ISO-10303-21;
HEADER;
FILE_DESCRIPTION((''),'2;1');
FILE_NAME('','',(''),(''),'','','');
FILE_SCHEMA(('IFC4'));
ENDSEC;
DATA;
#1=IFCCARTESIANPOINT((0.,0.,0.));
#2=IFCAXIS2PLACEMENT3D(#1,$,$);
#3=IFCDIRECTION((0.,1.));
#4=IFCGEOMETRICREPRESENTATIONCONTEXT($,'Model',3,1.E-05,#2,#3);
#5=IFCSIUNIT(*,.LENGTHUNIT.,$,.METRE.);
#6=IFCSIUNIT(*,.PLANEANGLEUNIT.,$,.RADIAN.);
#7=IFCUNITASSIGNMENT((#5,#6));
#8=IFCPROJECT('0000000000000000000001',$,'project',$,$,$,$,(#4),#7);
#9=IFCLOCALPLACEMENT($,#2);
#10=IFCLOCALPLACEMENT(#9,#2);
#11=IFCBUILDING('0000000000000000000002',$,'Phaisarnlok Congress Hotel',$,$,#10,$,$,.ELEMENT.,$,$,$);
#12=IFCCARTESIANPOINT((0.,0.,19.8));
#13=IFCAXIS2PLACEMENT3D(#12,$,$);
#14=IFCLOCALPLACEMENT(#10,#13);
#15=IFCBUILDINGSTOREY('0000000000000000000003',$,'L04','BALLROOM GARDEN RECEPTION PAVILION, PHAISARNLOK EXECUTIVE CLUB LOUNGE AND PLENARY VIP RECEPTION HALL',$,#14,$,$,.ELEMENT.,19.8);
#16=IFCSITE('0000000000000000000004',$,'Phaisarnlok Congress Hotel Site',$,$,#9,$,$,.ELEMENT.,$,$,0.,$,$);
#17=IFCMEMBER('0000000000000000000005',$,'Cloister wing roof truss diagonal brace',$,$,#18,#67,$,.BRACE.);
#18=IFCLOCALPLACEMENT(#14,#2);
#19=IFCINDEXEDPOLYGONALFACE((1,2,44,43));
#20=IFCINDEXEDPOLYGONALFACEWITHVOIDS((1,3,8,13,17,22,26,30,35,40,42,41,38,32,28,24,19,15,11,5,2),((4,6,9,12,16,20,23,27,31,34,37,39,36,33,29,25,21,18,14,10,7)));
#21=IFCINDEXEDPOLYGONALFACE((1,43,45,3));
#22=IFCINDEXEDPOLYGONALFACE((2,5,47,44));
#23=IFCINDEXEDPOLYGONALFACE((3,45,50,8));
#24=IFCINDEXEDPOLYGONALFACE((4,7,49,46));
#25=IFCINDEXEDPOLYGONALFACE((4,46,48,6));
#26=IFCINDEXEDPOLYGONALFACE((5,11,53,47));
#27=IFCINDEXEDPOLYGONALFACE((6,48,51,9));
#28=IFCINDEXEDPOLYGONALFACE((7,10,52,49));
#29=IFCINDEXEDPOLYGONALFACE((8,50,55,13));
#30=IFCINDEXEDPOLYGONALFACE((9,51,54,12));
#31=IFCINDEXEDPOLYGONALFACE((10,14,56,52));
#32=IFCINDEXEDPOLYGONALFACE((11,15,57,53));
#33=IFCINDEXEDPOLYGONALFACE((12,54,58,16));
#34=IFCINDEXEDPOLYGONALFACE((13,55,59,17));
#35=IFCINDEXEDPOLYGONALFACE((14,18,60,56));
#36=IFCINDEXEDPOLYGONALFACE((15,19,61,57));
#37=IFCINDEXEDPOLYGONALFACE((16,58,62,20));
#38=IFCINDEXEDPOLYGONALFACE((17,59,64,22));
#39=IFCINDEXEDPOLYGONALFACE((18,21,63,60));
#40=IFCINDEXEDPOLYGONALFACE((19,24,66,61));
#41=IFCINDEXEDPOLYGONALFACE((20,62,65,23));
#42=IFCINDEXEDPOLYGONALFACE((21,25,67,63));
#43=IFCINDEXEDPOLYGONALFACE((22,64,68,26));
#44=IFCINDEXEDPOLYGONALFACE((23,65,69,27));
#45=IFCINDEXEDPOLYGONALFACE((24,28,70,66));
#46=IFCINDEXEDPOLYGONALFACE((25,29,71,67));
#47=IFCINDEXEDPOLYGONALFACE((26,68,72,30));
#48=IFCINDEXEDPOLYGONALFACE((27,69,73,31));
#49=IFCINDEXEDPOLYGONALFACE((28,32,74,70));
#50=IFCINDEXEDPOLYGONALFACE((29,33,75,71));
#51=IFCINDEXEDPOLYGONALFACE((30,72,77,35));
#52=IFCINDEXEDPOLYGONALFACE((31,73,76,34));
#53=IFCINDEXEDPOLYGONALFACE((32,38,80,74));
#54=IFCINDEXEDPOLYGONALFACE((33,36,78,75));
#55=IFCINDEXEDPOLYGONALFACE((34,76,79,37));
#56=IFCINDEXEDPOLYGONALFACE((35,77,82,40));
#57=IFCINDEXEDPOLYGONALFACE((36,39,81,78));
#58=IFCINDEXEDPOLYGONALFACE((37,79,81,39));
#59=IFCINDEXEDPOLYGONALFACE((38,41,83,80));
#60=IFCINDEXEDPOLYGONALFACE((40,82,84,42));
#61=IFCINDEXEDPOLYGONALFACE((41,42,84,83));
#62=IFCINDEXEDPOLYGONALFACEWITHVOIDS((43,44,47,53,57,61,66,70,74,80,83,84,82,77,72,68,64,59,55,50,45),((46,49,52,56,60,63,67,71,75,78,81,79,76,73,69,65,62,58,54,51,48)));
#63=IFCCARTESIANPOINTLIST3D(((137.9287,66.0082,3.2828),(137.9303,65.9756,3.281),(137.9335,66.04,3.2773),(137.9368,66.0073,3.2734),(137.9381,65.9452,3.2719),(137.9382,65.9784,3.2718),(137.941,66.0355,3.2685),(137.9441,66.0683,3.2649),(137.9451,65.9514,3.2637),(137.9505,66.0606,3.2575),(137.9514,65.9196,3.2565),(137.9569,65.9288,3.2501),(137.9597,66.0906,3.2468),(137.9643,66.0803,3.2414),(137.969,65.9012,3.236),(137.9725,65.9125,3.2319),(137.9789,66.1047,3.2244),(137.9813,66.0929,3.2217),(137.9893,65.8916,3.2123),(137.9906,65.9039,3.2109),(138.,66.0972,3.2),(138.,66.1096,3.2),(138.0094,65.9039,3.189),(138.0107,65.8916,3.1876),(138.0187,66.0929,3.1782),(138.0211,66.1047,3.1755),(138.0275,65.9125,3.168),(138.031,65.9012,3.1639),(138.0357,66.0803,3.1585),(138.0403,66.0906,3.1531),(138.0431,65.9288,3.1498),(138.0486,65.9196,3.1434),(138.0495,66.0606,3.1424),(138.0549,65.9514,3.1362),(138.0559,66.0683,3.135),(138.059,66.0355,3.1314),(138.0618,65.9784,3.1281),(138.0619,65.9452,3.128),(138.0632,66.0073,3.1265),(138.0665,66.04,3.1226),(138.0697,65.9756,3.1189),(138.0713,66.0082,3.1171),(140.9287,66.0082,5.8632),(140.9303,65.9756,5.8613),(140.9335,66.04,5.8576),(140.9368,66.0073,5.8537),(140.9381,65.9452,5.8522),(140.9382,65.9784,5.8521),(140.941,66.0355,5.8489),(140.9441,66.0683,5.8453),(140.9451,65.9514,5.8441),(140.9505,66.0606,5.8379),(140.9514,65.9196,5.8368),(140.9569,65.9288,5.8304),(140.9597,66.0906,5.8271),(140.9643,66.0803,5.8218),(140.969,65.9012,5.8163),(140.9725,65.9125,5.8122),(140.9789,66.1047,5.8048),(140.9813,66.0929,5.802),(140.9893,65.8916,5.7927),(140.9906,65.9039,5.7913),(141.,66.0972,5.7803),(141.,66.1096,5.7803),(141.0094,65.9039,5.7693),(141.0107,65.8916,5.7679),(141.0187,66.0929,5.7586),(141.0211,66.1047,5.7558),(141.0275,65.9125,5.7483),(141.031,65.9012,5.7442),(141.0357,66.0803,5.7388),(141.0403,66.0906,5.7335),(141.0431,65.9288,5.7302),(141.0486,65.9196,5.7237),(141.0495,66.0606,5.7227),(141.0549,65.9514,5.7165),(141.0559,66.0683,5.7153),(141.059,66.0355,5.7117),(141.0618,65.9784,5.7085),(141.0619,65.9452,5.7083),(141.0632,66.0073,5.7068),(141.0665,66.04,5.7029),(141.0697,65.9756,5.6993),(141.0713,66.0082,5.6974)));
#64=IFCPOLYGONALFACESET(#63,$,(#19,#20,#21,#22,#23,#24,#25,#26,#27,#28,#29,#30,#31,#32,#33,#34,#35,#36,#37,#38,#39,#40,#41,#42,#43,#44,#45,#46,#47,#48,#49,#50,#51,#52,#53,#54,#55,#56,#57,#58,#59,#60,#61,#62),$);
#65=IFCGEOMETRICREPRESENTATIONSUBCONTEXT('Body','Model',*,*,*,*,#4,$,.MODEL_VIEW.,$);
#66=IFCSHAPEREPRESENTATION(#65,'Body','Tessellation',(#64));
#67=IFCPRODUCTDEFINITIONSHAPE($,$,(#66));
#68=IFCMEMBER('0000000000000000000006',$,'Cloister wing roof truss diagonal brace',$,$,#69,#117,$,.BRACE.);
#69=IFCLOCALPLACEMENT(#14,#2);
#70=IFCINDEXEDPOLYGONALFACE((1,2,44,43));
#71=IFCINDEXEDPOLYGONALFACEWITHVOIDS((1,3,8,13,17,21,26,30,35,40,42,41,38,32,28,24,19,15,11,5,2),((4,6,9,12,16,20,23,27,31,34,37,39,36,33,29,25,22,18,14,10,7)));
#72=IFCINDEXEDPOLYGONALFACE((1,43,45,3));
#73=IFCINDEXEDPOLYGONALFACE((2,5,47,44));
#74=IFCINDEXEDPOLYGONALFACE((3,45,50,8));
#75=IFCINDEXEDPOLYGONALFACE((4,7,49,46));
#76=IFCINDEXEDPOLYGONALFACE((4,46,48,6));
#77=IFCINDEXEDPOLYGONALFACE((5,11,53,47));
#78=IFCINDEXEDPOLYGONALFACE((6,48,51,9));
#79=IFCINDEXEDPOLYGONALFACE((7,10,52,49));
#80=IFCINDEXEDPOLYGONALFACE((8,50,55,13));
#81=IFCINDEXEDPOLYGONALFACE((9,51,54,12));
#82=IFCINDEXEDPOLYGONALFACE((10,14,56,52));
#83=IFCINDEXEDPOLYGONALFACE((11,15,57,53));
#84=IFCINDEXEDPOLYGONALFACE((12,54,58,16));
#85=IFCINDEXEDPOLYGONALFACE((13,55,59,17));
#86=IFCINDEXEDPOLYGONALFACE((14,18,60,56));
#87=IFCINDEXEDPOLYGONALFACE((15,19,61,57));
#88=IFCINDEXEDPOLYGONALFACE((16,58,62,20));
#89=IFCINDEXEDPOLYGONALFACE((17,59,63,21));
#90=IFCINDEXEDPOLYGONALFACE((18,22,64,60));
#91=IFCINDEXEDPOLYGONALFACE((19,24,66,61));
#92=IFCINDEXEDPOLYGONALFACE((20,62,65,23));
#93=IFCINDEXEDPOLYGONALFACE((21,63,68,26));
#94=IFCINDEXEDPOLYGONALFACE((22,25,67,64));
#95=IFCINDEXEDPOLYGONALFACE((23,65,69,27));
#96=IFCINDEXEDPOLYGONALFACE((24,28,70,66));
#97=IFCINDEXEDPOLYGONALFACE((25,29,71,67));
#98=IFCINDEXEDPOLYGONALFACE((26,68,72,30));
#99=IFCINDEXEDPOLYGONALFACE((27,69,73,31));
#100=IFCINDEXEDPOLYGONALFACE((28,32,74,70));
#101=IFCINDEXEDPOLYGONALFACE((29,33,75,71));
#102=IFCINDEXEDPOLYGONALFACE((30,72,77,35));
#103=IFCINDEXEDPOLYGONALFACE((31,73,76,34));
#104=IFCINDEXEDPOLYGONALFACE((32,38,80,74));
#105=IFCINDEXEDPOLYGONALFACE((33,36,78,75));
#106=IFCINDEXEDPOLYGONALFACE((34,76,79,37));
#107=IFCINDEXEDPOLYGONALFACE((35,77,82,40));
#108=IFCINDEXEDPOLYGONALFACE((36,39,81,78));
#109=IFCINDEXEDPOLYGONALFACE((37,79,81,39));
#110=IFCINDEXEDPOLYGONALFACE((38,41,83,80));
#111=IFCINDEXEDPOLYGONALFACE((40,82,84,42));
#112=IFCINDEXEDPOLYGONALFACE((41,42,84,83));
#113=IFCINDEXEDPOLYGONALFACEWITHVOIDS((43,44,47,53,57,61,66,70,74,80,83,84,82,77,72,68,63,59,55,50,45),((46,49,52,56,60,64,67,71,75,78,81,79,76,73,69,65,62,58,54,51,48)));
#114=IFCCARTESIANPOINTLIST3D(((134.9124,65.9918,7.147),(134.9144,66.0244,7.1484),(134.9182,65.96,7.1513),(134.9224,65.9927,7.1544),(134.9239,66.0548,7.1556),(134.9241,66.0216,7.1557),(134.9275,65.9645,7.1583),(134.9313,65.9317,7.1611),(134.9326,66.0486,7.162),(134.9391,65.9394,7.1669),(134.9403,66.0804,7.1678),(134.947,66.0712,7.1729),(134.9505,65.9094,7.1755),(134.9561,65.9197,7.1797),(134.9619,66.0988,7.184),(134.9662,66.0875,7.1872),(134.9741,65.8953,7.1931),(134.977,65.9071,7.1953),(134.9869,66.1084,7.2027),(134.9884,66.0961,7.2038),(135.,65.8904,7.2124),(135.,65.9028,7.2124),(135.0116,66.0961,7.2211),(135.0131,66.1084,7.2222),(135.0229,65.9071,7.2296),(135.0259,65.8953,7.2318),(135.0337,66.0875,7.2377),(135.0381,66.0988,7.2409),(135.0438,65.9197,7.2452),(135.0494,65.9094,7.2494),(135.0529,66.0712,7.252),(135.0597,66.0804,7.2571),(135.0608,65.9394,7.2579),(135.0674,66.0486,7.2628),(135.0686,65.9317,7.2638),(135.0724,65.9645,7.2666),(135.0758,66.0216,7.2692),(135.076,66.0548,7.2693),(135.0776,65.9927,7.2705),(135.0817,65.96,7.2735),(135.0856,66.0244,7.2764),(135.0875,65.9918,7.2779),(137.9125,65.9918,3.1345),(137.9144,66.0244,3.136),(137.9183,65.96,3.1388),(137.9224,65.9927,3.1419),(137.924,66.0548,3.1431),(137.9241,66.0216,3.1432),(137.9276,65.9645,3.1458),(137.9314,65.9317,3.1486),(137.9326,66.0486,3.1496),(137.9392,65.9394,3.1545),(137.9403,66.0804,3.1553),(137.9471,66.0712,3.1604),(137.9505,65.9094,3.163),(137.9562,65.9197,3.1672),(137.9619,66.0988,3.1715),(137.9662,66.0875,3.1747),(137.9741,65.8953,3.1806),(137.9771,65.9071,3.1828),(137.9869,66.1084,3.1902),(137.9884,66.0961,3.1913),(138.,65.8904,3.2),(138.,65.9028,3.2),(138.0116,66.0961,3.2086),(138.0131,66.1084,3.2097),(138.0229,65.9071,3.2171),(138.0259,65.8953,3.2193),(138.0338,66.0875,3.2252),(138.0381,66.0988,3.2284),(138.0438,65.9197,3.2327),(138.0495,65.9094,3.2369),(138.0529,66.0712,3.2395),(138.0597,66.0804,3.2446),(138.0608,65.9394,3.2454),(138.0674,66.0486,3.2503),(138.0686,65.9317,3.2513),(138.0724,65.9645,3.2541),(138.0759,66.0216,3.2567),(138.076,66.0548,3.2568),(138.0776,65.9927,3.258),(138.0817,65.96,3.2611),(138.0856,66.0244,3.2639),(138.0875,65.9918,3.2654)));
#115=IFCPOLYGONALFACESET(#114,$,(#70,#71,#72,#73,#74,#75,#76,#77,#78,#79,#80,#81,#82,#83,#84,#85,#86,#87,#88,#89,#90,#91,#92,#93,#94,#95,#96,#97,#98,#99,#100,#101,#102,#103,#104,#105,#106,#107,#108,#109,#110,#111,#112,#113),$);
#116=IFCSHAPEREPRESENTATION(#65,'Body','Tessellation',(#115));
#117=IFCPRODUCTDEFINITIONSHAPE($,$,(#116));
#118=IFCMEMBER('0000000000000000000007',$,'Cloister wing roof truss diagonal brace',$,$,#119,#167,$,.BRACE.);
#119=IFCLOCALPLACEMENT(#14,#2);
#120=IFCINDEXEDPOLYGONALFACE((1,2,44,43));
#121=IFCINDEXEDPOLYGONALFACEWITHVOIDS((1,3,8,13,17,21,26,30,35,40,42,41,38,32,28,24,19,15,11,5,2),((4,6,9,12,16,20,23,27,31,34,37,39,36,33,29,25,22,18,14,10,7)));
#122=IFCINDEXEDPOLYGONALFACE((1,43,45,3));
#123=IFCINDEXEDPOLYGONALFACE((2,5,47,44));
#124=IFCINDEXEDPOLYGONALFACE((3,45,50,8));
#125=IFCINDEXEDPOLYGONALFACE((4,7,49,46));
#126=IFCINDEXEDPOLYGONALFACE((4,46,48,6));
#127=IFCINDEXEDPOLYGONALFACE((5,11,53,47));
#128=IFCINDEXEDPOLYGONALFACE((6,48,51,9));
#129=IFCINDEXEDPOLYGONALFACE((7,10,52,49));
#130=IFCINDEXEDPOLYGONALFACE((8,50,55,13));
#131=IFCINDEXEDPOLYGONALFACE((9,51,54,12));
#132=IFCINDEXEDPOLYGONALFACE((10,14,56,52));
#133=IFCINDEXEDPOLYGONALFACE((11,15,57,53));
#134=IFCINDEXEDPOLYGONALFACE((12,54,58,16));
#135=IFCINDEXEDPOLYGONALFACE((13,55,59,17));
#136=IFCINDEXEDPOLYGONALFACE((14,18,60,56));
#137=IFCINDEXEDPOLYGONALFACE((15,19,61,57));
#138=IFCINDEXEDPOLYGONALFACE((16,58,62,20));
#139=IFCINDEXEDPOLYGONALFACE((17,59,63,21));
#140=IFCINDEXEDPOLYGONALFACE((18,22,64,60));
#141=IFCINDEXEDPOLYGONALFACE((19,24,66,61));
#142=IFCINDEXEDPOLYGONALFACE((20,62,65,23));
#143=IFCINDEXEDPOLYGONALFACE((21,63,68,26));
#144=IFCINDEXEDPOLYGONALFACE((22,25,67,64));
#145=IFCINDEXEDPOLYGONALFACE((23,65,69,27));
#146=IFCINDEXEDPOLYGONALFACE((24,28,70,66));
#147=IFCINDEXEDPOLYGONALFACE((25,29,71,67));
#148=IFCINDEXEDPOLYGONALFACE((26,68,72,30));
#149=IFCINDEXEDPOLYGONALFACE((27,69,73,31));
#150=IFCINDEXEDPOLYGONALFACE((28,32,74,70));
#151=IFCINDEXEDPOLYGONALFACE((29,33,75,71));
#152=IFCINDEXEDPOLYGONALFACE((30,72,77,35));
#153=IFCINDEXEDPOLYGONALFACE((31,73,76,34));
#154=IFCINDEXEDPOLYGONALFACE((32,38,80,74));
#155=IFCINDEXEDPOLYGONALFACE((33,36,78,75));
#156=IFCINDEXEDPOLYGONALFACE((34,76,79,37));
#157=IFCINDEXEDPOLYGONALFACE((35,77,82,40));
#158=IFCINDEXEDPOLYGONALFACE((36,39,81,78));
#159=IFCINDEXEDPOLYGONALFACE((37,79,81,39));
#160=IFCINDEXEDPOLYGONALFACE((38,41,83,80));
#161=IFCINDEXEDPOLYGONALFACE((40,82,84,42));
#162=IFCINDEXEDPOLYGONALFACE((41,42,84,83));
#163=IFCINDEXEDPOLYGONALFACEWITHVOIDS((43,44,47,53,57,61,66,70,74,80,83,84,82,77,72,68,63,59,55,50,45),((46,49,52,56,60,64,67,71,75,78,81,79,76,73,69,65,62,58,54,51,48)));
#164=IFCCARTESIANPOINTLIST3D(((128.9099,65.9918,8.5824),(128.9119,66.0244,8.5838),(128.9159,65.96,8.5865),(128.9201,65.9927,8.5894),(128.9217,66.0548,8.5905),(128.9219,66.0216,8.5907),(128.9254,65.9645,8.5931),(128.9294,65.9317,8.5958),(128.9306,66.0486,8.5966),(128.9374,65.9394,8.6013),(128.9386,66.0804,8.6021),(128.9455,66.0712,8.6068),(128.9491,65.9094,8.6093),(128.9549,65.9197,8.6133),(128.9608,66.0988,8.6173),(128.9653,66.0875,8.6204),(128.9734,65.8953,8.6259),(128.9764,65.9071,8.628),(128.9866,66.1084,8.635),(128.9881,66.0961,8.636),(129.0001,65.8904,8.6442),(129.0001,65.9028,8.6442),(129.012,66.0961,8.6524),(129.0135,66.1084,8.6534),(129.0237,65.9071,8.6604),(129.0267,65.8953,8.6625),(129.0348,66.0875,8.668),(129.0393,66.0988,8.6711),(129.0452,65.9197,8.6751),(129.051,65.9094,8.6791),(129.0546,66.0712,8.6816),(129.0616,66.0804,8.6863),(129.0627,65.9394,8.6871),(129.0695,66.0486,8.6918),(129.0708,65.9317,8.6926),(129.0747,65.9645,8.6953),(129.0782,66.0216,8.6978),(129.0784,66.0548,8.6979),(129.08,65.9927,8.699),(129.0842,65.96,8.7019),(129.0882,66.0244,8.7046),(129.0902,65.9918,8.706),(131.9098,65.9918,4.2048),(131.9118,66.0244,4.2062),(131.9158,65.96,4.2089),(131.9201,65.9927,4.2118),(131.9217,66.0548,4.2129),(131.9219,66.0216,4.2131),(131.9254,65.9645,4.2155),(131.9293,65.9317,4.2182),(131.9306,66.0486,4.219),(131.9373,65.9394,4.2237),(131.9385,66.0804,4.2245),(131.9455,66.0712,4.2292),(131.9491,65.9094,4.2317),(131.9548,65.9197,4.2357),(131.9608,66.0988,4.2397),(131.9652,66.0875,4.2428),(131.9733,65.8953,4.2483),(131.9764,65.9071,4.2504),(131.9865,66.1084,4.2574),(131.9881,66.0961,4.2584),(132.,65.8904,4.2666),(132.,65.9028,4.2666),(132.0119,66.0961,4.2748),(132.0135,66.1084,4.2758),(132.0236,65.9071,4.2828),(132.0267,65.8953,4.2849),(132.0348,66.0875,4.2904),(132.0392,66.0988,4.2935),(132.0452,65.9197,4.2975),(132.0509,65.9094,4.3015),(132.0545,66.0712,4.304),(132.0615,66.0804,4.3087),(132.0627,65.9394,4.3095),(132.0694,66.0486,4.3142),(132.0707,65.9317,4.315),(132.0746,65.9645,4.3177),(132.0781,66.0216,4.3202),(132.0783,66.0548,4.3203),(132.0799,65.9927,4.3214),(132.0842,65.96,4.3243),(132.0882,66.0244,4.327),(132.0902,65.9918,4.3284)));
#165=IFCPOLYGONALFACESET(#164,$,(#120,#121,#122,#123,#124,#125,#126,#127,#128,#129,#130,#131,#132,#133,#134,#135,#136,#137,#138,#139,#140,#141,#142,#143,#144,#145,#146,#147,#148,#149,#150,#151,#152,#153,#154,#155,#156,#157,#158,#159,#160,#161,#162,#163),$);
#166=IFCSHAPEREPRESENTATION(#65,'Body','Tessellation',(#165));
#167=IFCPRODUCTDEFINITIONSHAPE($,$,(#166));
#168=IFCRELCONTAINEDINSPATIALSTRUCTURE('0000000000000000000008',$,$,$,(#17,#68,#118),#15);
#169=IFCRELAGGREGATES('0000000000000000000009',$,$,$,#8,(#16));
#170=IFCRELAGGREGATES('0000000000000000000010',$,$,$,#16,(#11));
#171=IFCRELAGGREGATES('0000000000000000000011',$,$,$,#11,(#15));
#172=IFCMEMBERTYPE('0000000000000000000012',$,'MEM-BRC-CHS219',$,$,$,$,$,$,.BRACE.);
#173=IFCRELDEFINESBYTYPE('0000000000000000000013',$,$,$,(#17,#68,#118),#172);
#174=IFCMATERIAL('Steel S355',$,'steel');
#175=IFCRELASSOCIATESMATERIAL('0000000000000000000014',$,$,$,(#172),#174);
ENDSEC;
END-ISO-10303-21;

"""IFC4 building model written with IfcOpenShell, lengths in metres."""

from ifc_helpers import new_model, si_unit, direction, frame, origin, origin_2d, place, context, subcontext, project, spatial, hollow_circle, extrude, material, material_profile, profile_set, type_object, element, save


model = new_model("IFC4")

# Units and contexts
model_context = context("Model", 3, precision=1e-05, world=origin(), true_north=direction((0.0, 1.0)))
body_context = subcontext(model_context, "Body", "Model", "MODEL_VIEW")
ifc_project = project(units=[si_unit("LENGTHUNIT", "METRE"), si_unit("PLANEANGLEUNIT", "RADIAN")], contexts=[model_context])

# Site, building, storey
site_placement = place(None, origin())
site = spatial("IfcSite", under=ifc_project, at=site_placement, Name="Phaisarnlok Congress Hotel Site", CompositionType="ELEMENT", RefElevation=0.0)
building_placement = place(site_placement, origin())
building = spatial("IfcBuilding", under=site, at=building_placement, Name="Phaisarnlok Congress Hotel", CompositionType="ELEMENT")
storey_placement = place(building_placement, frame((0.0, 0.0, 19.8)))
storey = spatial("IfcBuildingStorey", under=building, at=storey_placement, Name="L04", Description="BALLROOM GARDEN RECEPTION PAVILION, PHAISARNLOK EXECUTIVE CLUB LOUNGE AND PLENARY VIP RECEPTION HALL", CompositionType="ELEMENT", Elevation=19.8)

# Shared definitions
ifc_material_1 = material(Name="Steel S355", Category="steel")

# Members
ifc_material_profile_1 = material_profile(ifc_material_1, hollow_circle(Radius=0.1096, WallThickness=0.0125, at=origin_2d()), Name="CHS 219.1x12.5")
ifc_profile_set_1 = profile_set([ifc_material_profile_1], Name="Steel S355")
member_type_1 = type_object("IfcMemberType", Name="MEM-BRC-CHS219", PredefinedType="BRACE", material=ifc_profile_set_1)
member_1_placement = place(storey_placement, frame((138.0, 66.0, 3.2), z_axis=(0.758145, 0.0, 0.652086), x_axis=(0.0, 1.0, 0.0)))
element("IfcMember", 1, at=member_1_placement, inside=storey, type_object=member_type_1, Name="Cloister wing roof truss diagonal brace", PredefinedType="BRACE", context=body_context, shape_type="SweptSolid", body=[
    extrude(hollow_circle(Radius=0.1096, WallThickness=0.0125, at=origin_2d()), origin(), (0.0, 0.0, 1.0), 3.957),
])
member_2_placement = place(storey_placement, frame((138.0, 66.0, 3.2), z_axis=(-0.598806, 0.0, 0.800894), x_axis=(0.0, -1.0, 0.0)))
element("IfcMember", 2, at=member_2_placement, inside=storey, type_object=member_type_1, Name="Cloister wing roof truss diagonal brace", PredefinedType="BRACE", context=body_context, shape_type="SweptSolid", body=[
    extrude(hollow_circle(Radius=0.1096, WallThickness=0.0125, at=origin_2d()), origin(), (0.0, 0.0, 1.0), 5.01),
])
member_3_placement = place(storey_placement, frame((132.0, 66.0, 4.2666), z_axis=(-0.565292, 0.0, 0.824891), x_axis=(0.0, -1.0, 0.0)))
element("IfcMember", 3, at=member_3_placement, inside=storey, type_object=member_type_1, Name="Cloister wing roof truss diagonal brace", PredefinedType="BRACE", context=body_context, shape_type="SweptSolid", body=[
    extrude(hollow_circle(Radius=0.1096, WallThickness=0.0125, at=origin_2d()), origin(), (0.0, 0.0, 1.0), 5.3069),
])

save(model, "model.ifc")
